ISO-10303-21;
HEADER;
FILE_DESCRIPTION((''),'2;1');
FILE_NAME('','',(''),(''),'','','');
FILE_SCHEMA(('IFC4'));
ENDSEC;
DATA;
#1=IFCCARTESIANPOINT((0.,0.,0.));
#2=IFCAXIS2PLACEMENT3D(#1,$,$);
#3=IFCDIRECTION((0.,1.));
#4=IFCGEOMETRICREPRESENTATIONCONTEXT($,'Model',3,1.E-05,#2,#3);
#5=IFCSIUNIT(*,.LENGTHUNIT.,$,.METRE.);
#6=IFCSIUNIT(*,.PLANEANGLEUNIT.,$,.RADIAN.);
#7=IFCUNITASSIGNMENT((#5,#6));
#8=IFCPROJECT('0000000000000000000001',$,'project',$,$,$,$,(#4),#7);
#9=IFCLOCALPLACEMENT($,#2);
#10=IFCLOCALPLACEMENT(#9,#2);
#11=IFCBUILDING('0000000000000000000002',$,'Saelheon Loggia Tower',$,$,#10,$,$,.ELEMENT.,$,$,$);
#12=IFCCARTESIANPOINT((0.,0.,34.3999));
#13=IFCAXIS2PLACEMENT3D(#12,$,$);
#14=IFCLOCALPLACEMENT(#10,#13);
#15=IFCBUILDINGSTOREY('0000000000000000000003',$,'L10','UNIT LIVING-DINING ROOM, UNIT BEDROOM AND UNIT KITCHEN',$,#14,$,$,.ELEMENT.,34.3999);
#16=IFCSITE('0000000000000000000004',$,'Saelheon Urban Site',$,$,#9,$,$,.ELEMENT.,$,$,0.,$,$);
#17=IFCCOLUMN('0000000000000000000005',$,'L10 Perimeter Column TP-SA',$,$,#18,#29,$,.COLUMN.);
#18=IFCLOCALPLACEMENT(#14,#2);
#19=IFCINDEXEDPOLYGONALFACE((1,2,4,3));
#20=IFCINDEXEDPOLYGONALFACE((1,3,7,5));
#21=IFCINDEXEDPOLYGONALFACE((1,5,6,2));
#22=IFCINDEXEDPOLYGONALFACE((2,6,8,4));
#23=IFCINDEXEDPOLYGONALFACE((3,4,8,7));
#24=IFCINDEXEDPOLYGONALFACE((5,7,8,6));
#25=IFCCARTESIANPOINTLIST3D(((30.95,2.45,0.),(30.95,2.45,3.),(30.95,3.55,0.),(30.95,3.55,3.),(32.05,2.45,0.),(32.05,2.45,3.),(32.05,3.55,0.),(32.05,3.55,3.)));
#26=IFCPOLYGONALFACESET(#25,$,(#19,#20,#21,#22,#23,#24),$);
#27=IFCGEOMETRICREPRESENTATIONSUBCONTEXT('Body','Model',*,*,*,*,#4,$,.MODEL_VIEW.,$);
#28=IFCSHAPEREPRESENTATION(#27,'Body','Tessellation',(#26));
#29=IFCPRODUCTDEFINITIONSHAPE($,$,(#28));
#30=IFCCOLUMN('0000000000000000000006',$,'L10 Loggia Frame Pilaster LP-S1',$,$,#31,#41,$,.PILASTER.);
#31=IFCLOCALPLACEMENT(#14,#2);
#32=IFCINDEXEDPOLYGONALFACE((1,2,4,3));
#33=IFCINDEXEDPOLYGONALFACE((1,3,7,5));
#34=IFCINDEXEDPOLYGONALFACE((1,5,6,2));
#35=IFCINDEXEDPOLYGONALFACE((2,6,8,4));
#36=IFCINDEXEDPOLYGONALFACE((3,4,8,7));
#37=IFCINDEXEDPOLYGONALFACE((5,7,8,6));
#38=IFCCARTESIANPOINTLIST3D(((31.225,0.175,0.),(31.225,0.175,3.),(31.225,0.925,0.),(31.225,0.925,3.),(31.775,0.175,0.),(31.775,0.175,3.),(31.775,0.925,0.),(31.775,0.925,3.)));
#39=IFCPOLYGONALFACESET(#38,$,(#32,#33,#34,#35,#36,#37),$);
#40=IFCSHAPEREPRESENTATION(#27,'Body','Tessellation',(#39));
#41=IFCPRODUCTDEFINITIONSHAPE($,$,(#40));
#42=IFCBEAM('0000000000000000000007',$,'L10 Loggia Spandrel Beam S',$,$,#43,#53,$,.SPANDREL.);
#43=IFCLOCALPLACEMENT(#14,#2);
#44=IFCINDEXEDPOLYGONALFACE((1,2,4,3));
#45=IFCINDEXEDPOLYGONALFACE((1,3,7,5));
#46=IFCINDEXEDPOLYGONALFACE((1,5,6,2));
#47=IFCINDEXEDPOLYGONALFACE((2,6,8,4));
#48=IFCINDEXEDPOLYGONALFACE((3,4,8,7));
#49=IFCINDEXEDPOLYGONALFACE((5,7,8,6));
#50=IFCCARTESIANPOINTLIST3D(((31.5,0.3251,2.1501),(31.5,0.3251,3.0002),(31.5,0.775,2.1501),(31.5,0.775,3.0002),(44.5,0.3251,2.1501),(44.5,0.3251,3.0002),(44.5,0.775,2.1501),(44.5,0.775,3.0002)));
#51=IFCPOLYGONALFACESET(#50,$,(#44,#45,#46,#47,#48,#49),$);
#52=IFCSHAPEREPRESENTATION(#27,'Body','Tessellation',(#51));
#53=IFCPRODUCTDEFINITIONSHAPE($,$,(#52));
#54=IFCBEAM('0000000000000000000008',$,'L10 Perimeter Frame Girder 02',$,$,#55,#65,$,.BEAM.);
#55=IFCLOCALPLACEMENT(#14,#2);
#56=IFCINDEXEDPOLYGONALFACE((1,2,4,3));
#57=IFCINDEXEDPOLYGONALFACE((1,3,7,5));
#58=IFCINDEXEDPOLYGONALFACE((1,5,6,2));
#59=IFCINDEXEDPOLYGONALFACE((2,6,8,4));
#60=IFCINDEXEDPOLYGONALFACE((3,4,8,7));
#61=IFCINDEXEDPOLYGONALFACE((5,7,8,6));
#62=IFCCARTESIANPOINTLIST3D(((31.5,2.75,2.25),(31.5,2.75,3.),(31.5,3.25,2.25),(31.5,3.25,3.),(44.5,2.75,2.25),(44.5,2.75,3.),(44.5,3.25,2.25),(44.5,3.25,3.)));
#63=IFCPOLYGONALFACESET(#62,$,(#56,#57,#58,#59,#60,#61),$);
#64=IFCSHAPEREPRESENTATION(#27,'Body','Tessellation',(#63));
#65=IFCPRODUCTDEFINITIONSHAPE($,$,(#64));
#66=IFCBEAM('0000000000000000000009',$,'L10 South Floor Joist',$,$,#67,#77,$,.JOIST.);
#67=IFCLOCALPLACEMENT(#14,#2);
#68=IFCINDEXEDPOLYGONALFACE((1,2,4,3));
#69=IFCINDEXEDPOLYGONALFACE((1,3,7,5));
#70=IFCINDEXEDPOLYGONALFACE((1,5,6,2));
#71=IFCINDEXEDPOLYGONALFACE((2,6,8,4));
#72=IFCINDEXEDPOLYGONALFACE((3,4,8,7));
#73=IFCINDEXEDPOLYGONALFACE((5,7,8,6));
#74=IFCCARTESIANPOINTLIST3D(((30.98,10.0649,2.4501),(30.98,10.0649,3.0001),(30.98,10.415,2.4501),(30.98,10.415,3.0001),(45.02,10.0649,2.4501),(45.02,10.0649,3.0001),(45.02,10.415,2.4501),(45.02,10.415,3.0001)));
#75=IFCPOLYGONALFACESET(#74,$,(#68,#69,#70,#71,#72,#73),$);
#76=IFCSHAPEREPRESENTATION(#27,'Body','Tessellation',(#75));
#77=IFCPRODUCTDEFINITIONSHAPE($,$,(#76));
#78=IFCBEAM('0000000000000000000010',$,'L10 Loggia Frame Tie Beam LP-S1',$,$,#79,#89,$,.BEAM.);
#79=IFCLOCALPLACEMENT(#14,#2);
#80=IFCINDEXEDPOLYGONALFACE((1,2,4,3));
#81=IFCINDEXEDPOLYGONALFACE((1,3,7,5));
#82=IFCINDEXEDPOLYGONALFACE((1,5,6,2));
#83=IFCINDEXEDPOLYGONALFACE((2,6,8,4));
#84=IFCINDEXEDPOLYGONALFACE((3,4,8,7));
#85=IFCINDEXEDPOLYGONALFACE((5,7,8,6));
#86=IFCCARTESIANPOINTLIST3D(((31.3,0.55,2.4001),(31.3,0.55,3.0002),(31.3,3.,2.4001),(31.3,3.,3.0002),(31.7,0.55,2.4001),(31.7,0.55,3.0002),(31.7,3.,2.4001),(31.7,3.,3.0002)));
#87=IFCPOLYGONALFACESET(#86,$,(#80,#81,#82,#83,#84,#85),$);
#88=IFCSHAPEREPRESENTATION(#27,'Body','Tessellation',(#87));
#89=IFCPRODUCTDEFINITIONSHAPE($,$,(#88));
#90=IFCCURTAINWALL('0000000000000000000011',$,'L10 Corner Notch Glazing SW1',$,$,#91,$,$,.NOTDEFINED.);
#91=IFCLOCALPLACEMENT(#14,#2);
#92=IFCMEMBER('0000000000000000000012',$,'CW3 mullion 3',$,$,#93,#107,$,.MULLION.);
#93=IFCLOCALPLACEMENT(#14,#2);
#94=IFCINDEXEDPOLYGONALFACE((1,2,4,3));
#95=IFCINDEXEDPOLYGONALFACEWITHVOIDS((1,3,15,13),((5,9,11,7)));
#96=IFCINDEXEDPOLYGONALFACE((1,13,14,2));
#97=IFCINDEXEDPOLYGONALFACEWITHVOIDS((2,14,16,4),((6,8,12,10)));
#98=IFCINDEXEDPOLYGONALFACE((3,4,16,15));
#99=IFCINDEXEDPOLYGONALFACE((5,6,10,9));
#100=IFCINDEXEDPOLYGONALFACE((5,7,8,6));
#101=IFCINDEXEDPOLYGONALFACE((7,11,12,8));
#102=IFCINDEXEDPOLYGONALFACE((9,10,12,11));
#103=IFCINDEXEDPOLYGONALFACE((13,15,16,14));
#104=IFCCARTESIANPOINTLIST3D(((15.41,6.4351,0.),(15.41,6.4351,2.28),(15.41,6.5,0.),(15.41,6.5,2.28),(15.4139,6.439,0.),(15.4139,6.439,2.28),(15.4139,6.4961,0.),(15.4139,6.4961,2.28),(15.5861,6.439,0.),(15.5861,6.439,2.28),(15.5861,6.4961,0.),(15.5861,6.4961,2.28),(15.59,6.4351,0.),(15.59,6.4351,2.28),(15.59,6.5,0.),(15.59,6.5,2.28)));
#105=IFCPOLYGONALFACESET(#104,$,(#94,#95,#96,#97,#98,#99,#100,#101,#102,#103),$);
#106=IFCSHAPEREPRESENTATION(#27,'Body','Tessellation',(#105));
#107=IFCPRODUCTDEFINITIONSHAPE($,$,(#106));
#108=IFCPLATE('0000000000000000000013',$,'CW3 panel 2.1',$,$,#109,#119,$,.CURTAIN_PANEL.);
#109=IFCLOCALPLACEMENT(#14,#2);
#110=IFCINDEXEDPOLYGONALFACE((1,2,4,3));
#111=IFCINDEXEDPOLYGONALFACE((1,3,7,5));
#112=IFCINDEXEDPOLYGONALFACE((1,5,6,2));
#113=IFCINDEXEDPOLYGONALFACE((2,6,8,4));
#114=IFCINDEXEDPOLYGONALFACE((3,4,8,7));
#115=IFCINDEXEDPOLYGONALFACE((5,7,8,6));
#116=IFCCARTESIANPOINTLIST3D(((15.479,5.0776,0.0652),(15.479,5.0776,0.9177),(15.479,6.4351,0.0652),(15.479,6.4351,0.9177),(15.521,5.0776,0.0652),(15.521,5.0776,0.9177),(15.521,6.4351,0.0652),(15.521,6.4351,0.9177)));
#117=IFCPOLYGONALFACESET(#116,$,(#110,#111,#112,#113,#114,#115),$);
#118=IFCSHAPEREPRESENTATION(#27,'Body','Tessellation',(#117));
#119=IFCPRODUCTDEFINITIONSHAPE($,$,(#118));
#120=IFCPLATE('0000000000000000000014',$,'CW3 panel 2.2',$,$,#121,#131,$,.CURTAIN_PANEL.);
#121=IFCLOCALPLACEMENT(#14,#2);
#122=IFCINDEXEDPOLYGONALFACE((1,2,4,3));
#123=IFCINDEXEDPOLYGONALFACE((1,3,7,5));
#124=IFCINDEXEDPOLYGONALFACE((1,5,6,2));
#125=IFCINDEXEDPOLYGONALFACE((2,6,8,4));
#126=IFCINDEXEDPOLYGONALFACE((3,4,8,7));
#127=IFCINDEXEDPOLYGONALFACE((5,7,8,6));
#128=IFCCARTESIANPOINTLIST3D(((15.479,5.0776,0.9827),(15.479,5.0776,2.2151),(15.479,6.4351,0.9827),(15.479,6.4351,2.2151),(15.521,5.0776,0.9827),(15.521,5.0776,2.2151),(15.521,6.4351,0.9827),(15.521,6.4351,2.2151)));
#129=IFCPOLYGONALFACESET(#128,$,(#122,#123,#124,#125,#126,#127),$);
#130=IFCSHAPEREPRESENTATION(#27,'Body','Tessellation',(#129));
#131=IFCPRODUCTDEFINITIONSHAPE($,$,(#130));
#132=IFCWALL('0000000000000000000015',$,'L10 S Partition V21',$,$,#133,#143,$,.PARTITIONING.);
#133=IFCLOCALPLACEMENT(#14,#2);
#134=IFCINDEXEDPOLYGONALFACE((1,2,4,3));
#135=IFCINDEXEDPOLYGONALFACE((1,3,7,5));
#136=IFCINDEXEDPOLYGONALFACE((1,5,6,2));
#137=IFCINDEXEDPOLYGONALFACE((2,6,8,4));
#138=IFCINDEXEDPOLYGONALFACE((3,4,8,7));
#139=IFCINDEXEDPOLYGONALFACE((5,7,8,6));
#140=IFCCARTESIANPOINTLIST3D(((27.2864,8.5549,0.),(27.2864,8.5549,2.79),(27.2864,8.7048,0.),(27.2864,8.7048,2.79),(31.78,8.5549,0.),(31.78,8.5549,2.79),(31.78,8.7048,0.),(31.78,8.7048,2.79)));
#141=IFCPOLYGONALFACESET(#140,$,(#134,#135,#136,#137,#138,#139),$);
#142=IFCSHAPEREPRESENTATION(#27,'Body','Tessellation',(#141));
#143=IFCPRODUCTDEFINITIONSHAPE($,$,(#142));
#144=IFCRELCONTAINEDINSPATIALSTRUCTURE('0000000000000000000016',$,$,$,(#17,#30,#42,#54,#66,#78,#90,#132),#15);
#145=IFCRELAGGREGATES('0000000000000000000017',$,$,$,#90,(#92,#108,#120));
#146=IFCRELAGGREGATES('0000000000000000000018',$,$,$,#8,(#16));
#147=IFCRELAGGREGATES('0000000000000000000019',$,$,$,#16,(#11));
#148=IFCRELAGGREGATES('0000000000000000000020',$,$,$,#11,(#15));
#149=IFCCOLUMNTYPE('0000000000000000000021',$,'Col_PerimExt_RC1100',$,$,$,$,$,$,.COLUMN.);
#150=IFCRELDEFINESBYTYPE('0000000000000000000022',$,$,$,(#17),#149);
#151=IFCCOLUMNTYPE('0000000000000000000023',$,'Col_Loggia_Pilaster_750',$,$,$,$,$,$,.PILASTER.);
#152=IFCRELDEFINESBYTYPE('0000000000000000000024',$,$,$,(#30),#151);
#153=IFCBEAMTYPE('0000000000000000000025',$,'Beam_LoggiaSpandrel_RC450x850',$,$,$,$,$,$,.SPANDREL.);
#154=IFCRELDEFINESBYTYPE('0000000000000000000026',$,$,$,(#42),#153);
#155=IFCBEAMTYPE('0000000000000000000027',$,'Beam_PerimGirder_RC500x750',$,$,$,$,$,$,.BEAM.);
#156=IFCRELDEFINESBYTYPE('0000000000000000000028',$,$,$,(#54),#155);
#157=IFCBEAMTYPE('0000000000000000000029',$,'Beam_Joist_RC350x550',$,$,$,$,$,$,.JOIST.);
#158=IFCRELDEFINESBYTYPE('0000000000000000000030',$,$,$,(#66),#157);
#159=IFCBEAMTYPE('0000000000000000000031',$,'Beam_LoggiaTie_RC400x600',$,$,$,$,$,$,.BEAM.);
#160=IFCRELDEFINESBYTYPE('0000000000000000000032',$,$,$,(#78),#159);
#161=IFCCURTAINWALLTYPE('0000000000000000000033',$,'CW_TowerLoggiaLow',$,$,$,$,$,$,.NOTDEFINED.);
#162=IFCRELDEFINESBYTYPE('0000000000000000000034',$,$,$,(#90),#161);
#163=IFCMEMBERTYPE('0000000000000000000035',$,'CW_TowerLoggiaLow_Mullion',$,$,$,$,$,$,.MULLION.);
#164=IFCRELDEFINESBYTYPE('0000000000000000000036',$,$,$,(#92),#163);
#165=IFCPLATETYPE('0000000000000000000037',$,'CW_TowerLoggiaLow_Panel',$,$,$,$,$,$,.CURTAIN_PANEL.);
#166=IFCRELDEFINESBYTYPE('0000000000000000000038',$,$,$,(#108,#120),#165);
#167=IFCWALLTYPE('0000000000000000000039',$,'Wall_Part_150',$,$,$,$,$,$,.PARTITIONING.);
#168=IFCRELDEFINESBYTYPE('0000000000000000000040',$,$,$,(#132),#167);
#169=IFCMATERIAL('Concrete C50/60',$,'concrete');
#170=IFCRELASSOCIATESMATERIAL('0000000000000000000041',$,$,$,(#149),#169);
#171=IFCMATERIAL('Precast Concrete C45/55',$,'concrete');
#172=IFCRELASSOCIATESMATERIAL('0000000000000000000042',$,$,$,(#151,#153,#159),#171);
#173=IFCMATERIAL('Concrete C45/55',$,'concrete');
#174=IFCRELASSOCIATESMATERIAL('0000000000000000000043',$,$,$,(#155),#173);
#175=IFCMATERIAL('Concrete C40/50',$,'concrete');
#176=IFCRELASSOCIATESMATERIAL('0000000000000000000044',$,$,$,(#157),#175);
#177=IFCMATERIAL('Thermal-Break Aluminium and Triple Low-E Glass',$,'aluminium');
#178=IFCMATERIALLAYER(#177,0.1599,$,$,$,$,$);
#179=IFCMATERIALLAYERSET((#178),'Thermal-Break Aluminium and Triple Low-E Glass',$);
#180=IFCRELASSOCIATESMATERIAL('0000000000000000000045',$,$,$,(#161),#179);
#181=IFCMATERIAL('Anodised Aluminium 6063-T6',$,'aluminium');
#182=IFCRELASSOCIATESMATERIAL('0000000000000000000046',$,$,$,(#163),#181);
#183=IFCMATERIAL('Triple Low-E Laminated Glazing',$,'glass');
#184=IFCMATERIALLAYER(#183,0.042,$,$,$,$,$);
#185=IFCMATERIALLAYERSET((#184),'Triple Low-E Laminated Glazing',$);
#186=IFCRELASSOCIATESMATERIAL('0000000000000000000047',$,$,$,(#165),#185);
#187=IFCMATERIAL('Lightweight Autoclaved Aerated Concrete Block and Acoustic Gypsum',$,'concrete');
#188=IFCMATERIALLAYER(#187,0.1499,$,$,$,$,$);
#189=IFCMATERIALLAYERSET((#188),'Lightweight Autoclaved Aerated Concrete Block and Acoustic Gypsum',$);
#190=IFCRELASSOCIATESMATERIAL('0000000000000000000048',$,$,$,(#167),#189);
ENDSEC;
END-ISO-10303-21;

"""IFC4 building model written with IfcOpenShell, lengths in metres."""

from ifc_helpers import new_model, si_unit, direction, frame, frame_2d, origin, origin_2d, place, context, subcontext, project, spatial, rectangle, hollow_rectangle, extrude, source, transform, mapped, material, layer, layer_set, material_profile, profile_set, type_object, element, aggregate, save


model = new_model("IFC4")

# Units and contexts
model_context = context("Model", 3, precision=1e-05, world=origin(), true_north=direction((0.0, 1.0)))
body_context = subcontext(model_context, "Body", "Model", "MODEL_VIEW")
ifc_project = project(units=[si_unit("LENGTHUNIT", "METRE"), si_unit("PLANEANGLEUNIT", "RADIAN")], contexts=[model_context])

# Site, building, storey
site_placement = place(None, origin())
site = spatial("IfcSite", under=ifc_project, at=site_placement, Name="Saelheon Urban Site", CompositionType="ELEMENT", RefElevation=0.0)
building_placement = place(site_placement, origin())
building = spatial("IfcBuilding", under=site, at=building_placement, Name="Saelheon Loggia Tower", CompositionType="ELEMENT")
storey_placement = place(building_placement, frame((0.0, 0.0, 34.3999)))
storey = spatial("IfcBuildingStorey", under=building, at=storey_placement, Name="L10", Description="UNIT LIVING-DINING ROOM, UNIT BEDROOM AND UNIT KITCHEN", CompositionType="ELEMENT", Elevation=34.3999)

# Columns
ifc_material_1 = material(Name="Concrete C50/60", Category="concrete")
ifc_material_profile_1 = material_profile(ifc_material_1, rectangle(XDim=1.1001, YDim=1.1001, at=origin_2d()), Name="RC-1100x1100")
ifc_profile_set_1 = profile_set([ifc_material_profile_1], Name="Concrete C50/60")
column_type_1 = type_object("IfcColumnType", Name="Col_PerimExt_RC1100", PredefinedType="COLUMN", material=ifc_profile_set_1)
shared_shape_1 = source(origin(), body_context, "Body", "SweptSolid", [
    extrude(rectangle(XDim=1.1001, YDim=1.1001, at=origin_2d()), origin(), (0.0, 0.0, 1.0), 3.0),
])
column_1_placement = place(storey_placement, frame((31.5, 3.0, 0.0), z_axis=(0.0, 0.0, 1.0), x_axis=(1.0, 0.0, 0.0)))
element("IfcColumn", 1, at=column_1_placement, inside=storey, type_object=column_type_1, Name="L10 Perimeter Column TP-SA", PredefinedType="COLUMN", context=body_context, shape_type="MappedRepresentation", body=[
    mapped(shared_shape_1, transform((0.0, 0.0, 0.0), scale=1.0)),
])
ifc_material_2 = material(Name="Precast Concrete C45/55", Category="concrete")
ifc_material_profile_2 = material_profile(ifc_material_2, rectangle(XDim=0.55, YDim=0.75, at=origin_2d()), Name="RC-550x750")
ifc_profile_set_2 = profile_set([ifc_material_profile_2], Name="Precast Concrete C45/55")
column_type_2 = type_object("IfcColumnType", Name="Col_Loggia_Pilaster_750", PredefinedType="PILASTER", material=ifc_profile_set_2)
shared_shape_2 = source(origin(), body_context, "Body", "SweptSolid", [
    extrude(rectangle(XDim=0.55, YDim=0.75, at=origin_2d()), origin(), (0.0, 0.0, 1.0), 3.0),
])
column_2_placement = place(storey_placement, frame((31.5, 0.55, 0.0), z_axis=(0.0, 0.0, 1.0), x_axis=(1.0, 0.0, 0.0)))
element("IfcColumn", 2, at=column_2_placement, inside=storey, type_object=column_type_2, Name="L10 Loggia Frame Pilaster LP-S1", PredefinedType="PILASTER", context=body_context, shape_type="MappedRepresentation", body=[
    mapped(shared_shape_2, transform((0.0, 0.0, 0.0), scale=1.0)),
])

# Beams
ifc_material_profile_3 = material_profile(ifc_material_2, rectangle(XDim=0.45, YDim=0.8501, at=origin_2d()), Name="RC-450x850")
ifc_profile_set_3 = profile_set([ifc_material_profile_3], Name="Precast Concrete C45/55")
beam_type_1 = type_object("IfcBeamType", Name="Beam_LoggiaSpandrel_RC450x850", PredefinedType="SPANDREL", material=ifc_profile_set_3)
shared_shape_3 = source(origin(), body_context, "Body", "SweptSolid", [
    extrude(rectangle(XDim=0.45, YDim=0.8501, at=origin_2d()), origin(), (0.0, 0.0, 1.0), 13.0),
])
beam_1_placement = place(storey_placement, frame((31.5, 0.55, 2.5752), z_axis=(1.0, 0.0, 0.0), x_axis=(0.0, 1.0, 0.0)))
element("IfcBeam", 3, at=beam_1_placement, inside=storey, type_object=beam_type_1, Name="L10 Loggia Spandrel Beam S", PredefinedType="SPANDREL", context=body_context, shape_type="MappedRepresentation", body=[
    mapped(shared_shape_3, transform((0.0, 0.0, 0.0), scale=1.0)),
])
ifc_material_3 = material(Name="Concrete C45/55", Category="concrete")
ifc_material_profile_4 = material_profile(ifc_material_3, rectangle(XDim=0.5, YDim=0.75, at=origin_2d()), Name="RC-500x750")
ifc_profile_set_4 = profile_set([ifc_material_profile_4], Name="Concrete C45/55")
beam_type_2 = type_object("IfcBeamType", Name="Beam_PerimGirder_RC500x750", PredefinedType="BEAM", material=ifc_profile_set_4)
shared_shape_4 = source(origin(), body_context, "Body", "SweptSolid", [
    extrude(rectangle(XDim=0.5, YDim=0.75, at=origin_2d()), origin(), (0.0, 0.0, 1.0), 13.0),
])
beam_2_placement = place(storey_placement, frame((31.5, 3.0, 2.625), z_axis=(1.0, 0.0, 0.0), x_axis=(0.0, 1.0, 0.0)))
element("IfcBeam", 4, at=beam_2_placement, inside=storey, type_object=beam_type_2, Name="L10 Perimeter Frame Girder 02", PredefinedType="BEAM", context=body_context, shape_type="MappedRepresentation", body=[
    mapped(shared_shape_4, transform((0.0, 0.0, 0.0), scale=1.0)),
])
ifc_material_4 = material(Name="Concrete C40/50", Category="concrete")
ifc_material_profile_5 = material_profile(ifc_material_4, rectangle(XDim=0.3501, YDim=0.55, at=origin_2d()), Name="RC-350x550")
ifc_profile_set_5 = profile_set([ifc_material_profile_5], Name="Concrete C40/50")
beam_type_3 = type_object("IfcBeamType", Name="Beam_Joist_RC350x550", PredefinedType="JOIST", material=ifc_profile_set_5)
shared_shape_5 = source(origin(), body_context, "Body", "SweptSolid", [
    extrude(rectangle(XDim=0.3501, YDim=0.55, at=origin_2d()), origin(), (0.0, 0.0, 1.0), 14.04),
])
beam_3_placement = place(storey_placement, frame((30.98, 10.24, 2.7251), z_axis=(1.0, 0.0, 0.0), x_axis=(0.0, 1.0, 0.0)))
element("IfcBeam", 5, at=beam_3_placement, inside=storey, type_object=beam_type_3, Name="L10 South Floor Joist", PredefinedType="JOIST", context=body_context, shape_type="MappedRepresentation", body=[
    mapped(shared_shape_5, transform((0.0, 0.0, 0.0), scale=1.0)),
])
ifc_material_profile_6 = material_profile(ifc_material_2, rectangle(XDim=0.3999, YDim=0.6001, at=origin_2d()), Name="RC-400x600")
ifc_profile_set_6 = profile_set([ifc_material_profile_6], Name="Precast Concrete C45/55")
beam_type_4 = type_object("IfcBeamType", Name="Beam_LoggiaTie_RC400x600", PredefinedType="BEAM", material=ifc_profile_set_6)
shared_shape_6 = source(origin(), body_context, "Body", "SweptSolid", [
    extrude(rectangle(XDim=0.3999, YDim=0.6001, at=origin_2d()), origin(), (0.0, 0.0, 1.0), 2.45),
])
beam_4_placement = place(storey_placement, frame((31.5, 3.0, 2.7002), z_axis=(0.0, -1.0, 0.0), x_axis=(1.0, 0.0, 0.0)))
element("IfcBeam", 6, at=beam_4_placement, inside=storey, type_object=beam_type_4, Name="L10 Loggia Frame Tie Beam LP-S1", PredefinedType="BEAM", context=body_context, shape_type="MappedRepresentation", body=[
    mapped(shared_shape_6, transform((0.0, 0.0, 0.0), scale=1.0)),
])

# Curtain wall, member, plates
ifc_material_5 = material(Name="Thermal-Break Aluminium and Triple Low-E Glass", Category="aluminium")
ifc_layer_1 = layer(ifc_material_5, 0.1599)
ifc_layer_set_1 = layer_set([ifc_layer_1], Name="Thermal-Break Aluminium and Triple Low-E Glass")
curtain_wall_type = type_object("IfcCurtainWallType", Name="CW_TowerLoggiaLow", PredefinedType="NOTDEFINED", material=ifc_layer_set_1)
curtain_wall_placement = place(storey_placement, origin())
curtain_wall = element("IfcCurtainWall", 7, at=curtain_wall_placement, inside=storey, type_object=curtain_wall_type, Name="L10 Corner Notch Glazing SW1", PredefinedType="NOTDEFINED")
ifc_material_6 = material(Name="Anodised Aluminium 6063-T6", Category="aluminium")
ifc_material_profile_7 = material_profile(ifc_material_6, hollow_rectangle(XDim=0.0649, YDim=0.1799, WallThickness=0.0039, at=origin_2d()), Name="RHS-180x65x4")
ifc_profile_set_7 = profile_set([ifc_material_profile_7], Name="Anodised Aluminium 6063-T6")
member_type = type_object("IfcMemberType", Name="CW_TowerLoggiaLow_Mullion", PredefinedType="MULLION", material=ifc_profile_set_7)
shared_shape_7 = source(origin(), body_context, "Body", "SweptSolid", [
    extrude(hollow_rectangle(XDim=0.0649, YDim=0.1799, WallThickness=0.0039, at=origin_2d()), origin(), (0.0, 0.0, 1.0), 2.28),
])
member_placement = place(storey_placement, frame((15.5, 6.4675, 0.0), z_axis=(0.0, 0.0, 1.0), x_axis=(0.0, 1.0, 0.0)))
member = element("IfcMember", 8, at=member_placement, type_object=member_type, Name="CW3 mullion 3", PredefinedType="MULLION", context=body_context, shape_type="MappedRepresentation", body=[
    mapped(shared_shape_7, transform((0.0, 0.0, 0.0), scale=1.0)),
])
ifc_material_7 = material(Name="Triple Low-E Laminated Glazing", Category="glass")
ifc_layer_2 = layer(ifc_material_7, 0.042)
ifc_layer_set_2 = layer_set([ifc_layer_2], Name="Triple Low-E Laminated Glazing")
plate_type = type_object("IfcPlateType", Name="CW_TowerLoggiaLow_Panel", PredefinedType="CURTAIN_PANEL", material=ifc_layer_set_2)
shared_shape_8 = source(origin(), body_context, "Body", "SweptSolid", [
    extrude(rectangle(XDim=1.3574, YDim=0.042, at=origin_2d()), origin(), (0.0, 0.0, 1.0), 0.8525),
])
plate_1_placement = place(storey_placement, frame((15.5, 5.7563, 0.0652), z_axis=(0.0, 0.0, 1.0), x_axis=(0.0, 1.0, 0.0)))
plate_1 = element("IfcPlate", 9, at=plate_1_placement, type_object=plate_type, Name="CW3 panel 2.1", PredefinedType="CURTAIN_PANEL", context=body_context, shape_type="MappedRepresentation", body=[
    mapped(shared_shape_8, transform((0.0, 0.0, 0.0), scale=1.0)),
])
shared_shape_9 = source(origin(), body_context, "Body", "SweptSolid", [
    extrude(rectangle(XDim=1.3574, YDim=0.042, at=origin_2d()), origin(), (0.0, 0.0, 1.0), 1.2324),
])
plate_2_placement = place(storey_placement, frame((15.5, 5.7563, 0.9827), z_axis=(0.0, 0.0, 1.0), x_axis=(0.0, 1.0, 0.0)))
plate_2 = element("IfcPlate", 10, at=plate_2_placement, type_object=plate_type, Name="CW3 panel 2.2", PredefinedType="CURTAIN_PANEL", context=body_context, shape_type="MappedRepresentation", body=[
    mapped(shared_shape_9, transform((0.0, 0.0, 0.0), scale=1.0)),
])
aggregate(curtain_wall, [member, plate_1, plate_2])

# Wall
ifc_material_8 = material(Name="Lightweight Autoclaved Aerated Concrete Block and Acoustic Gypsum", Category="concrete")
ifc_layer_3 = layer(ifc_material_8, 0.1499)
ifc_layer_set_3 = layer_set([ifc_layer_3], Name="Lightweight Autoclaved Aerated Concrete Block and Acoustic Gypsum")
wall_type = type_object("IfcWallType", Name="Wall_Part_150", PredefinedType="PARTITIONING", material=ifc_layer_set_3)
wall_1_placement = place(storey_placement, frame((27.2864, 8.6299, 0.0), z_axis=(0.0, 0.0, 1.0), x_axis=(1.0, 0.0, 0.0)))
element("IfcWall", 11, at=wall_1_placement, inside=storey, type_object=wall_type, Name="L10 S Partition V21", PredefinedType="PARTITIONING", context=body_context, shape_type="SweptSolid", body=[
    extrude(rectangle(XDim=4.4937, YDim=0.1499, at=frame_2d((2.2468, 0.0))), origin(), (0.0, 0.0, 1.0), 2.79),
])

save(model, "model.ifc")
